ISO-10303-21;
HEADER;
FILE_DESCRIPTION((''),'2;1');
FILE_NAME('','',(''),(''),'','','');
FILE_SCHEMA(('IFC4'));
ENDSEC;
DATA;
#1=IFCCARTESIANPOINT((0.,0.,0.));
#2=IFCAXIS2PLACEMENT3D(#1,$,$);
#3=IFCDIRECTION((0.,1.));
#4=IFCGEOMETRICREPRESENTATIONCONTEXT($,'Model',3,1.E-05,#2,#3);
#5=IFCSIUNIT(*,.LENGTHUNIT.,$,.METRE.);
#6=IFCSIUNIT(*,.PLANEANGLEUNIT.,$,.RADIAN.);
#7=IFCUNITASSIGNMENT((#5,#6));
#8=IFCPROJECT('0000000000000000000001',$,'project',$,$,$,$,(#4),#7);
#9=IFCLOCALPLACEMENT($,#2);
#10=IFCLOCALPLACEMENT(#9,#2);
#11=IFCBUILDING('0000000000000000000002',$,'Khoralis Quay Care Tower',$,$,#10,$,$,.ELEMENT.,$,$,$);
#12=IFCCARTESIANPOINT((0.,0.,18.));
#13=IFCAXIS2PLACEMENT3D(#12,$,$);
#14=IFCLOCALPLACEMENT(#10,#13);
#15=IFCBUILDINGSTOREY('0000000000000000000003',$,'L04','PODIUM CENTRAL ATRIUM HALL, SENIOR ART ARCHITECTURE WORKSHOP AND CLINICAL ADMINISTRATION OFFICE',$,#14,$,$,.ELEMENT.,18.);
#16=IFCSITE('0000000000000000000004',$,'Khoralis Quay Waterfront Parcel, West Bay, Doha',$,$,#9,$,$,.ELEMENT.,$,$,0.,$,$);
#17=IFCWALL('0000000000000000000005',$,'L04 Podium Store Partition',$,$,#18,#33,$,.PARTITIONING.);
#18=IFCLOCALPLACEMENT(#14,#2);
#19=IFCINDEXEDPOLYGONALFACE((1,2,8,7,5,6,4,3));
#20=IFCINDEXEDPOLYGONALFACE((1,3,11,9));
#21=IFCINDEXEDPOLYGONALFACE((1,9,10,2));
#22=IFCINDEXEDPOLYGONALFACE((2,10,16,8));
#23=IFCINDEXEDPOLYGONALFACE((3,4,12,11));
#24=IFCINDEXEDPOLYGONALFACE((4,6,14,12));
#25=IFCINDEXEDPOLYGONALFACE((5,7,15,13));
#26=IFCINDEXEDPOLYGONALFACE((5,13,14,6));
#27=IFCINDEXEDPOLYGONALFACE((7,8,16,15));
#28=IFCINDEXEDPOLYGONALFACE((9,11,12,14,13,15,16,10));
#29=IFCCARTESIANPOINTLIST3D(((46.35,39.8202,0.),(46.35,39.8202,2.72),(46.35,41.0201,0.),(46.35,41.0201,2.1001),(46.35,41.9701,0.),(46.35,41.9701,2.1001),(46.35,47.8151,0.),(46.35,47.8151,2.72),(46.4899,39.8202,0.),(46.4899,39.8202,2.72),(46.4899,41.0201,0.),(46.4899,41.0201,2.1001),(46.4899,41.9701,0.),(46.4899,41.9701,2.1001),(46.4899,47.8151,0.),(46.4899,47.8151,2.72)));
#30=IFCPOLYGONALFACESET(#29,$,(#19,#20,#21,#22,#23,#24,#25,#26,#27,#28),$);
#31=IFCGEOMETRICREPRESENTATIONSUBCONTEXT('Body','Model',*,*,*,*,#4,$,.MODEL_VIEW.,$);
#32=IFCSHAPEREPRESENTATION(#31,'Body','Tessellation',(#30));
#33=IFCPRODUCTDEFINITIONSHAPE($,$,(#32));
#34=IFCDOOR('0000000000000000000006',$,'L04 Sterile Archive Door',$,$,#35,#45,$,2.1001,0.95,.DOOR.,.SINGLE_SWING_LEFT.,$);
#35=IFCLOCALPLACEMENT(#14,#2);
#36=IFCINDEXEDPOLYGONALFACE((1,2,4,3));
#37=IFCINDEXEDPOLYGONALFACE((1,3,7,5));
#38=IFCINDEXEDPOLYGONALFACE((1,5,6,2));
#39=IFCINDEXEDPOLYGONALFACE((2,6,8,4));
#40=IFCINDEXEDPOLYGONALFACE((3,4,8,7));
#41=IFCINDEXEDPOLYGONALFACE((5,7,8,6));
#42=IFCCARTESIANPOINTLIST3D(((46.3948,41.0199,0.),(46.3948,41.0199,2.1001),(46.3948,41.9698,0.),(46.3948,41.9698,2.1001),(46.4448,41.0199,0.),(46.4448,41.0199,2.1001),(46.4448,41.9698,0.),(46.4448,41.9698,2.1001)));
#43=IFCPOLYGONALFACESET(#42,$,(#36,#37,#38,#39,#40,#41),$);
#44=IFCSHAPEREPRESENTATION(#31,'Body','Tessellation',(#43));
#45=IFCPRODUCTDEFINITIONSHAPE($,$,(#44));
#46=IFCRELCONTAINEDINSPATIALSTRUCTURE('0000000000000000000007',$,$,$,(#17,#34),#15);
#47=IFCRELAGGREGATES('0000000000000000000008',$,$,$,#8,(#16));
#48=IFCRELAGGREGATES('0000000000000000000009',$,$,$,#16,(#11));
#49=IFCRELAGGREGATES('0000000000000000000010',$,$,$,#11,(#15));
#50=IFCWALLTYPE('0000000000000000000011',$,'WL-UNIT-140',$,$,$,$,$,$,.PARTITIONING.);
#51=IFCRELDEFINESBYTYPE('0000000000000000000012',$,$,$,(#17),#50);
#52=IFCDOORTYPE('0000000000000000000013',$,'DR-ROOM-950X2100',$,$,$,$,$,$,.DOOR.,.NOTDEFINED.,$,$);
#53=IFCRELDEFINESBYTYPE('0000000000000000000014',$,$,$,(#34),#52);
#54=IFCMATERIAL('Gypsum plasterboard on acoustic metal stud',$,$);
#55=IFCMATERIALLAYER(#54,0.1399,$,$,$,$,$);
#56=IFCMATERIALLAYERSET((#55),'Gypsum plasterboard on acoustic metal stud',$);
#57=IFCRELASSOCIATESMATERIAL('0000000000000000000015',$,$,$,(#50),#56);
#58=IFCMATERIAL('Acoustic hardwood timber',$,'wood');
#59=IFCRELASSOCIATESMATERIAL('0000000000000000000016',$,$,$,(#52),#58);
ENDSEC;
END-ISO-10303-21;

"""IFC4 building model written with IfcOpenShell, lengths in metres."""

from ifc_helpers import new_model, si_unit, direction, frame, frame_2d, origin, place, context, subcontext, project, spatial, rectangle, extrude, source, transform, mapped, material, layer, layer_set, type_object, element, fill, save


model = new_model("IFC4")

# Units and contexts
model_context = context("Model", 3, precision=1e-05, world=origin(), true_north=direction((0.0, 1.0)))
body_context = subcontext(model_context, "Body", "Model", "MODEL_VIEW")
ifc_project = project(units=[si_unit("LENGTHUNIT", "METRE"), si_unit("PLANEANGLEUNIT", "RADIAN")], contexts=[model_context])

# Site, building, storey
site_placement = place(None, origin())
site = spatial("IfcSite", under=ifc_project, at=site_placement, Name="Khoralis Quay Waterfront Parcel, West Bay, Doha", CompositionType="ELEMENT", RefElevation=0.0)
building_placement = place(site_placement, origin())
building = spatial("IfcBuilding", under=site, at=building_placement, Name="Khoralis Quay Care Tower", CompositionType="ELEMENT")
storey_placement = place(building_placement, frame((0.0, 0.0, 18.0)))
storey = spatial("IfcBuildingStorey", under=building, at=storey_placement, Name="L04", Description="PODIUM CENTRAL ATRIUM HALL, SENIOR ART ARCHITECTURE WORKSHOP AND CLINICAL ADMINISTRATION OFFICE", CompositionType="ELEMENT", Elevation=18.0)

# Wall, opening, door
ifc_material_1 = material(Name="Gypsum plasterboard on acoustic metal stud")
ifc_layer_1 = layer(ifc_material_1, 0.1399)
ifc_layer_set_1 = layer_set([ifc_layer_1], Name="Gypsum plasterboard on acoustic metal stud")
wall_type_1 = type_object("IfcWallType", Name="WL-UNIT-140", PredefinedType="PARTITIONING", material=ifc_layer_set_1)
wall_1_placement = place(storey_placement, frame((46.4199, 39.8201, 0.0), z_axis=(0.0, 0.0, 1.0), x_axis=(0.0, 1.0, 0.0)))
wall_1 = element("IfcWall", 1, at=wall_1_placement, inside=storey, type_object=wall_type_1, Name="L04 Podium Store Partition", PredefinedType="PARTITIONING", context=body_context, shape_type="SweptSolid", body=[
    extrude(rectangle(XDim=7.9949, YDim=0.1399, at=frame_2d((3.9976, 0.0))), origin(), (0.0, 0.0, 1.0), 2.72),
])
opening_placement = place(wall_1_placement, frame((1.2, 0.0, 0.0)))
opening = element("IfcOpeningElement", 2, at=opening_placement, cuts=wall_1, PredefinedType="OPENING", context=body_context, shape_type="SweptSolid", body=[
    extrude(rectangle(XDim=0.95, YDim=2.1001, at=frame_2d((0.4751, 1.05))), frame((0.0, 0.0801, 0.0), z_axis=(0.0, -1.0, 0.0), x_axis=(1.0, 0.0, 0.0)), (0.0, 0.0, 1.0), 0.1599),
])
ifc_material_2 = material(Name="Acoustic hardwood timber", Category="wood")
door_type = type_object("IfcDoorType", Name="DR-ROOM-950X2100", OperationType="NOTDEFINED", PredefinedType="DOOR", material=ifc_material_2)
shared_shape_1 = source(origin(), body_context, "Body", "SweptSolid", [
    extrude(rectangle(XDim=0.95, YDim=2.1001, at=frame_2d((0.4751, 1.05))), frame((0.0, 0.0249, 0.0), z_axis=(0.0, -1.0, 0.0), x_axis=(1.0, 0.0, 0.0)), (0.0, 0.0, 1.0), 0.05),
])
door_placement = place(opening_placement, frame((0.95, 0.0, 0.0), z_axis=(0.0, 0.0, 1.0), x_axis=(-1.0, 0.0, 0.0)))
door = element("IfcDoor", 3, at=door_placement, inside=storey, type_object=door_type, Name="L04 Sterile Archive Door", OperationType="SINGLE_SWING_LEFT", OverallHeight=2.1001, OverallWidth=0.95, PredefinedType="DOOR", context=body_context, shape_type="MappedRepresentation", body=[
    mapped(shared_shape_1, transform((0.0, 0.0, 0.0), scale=1.0)),
])
fill(opening, door)

save(model, "model.ifc")
